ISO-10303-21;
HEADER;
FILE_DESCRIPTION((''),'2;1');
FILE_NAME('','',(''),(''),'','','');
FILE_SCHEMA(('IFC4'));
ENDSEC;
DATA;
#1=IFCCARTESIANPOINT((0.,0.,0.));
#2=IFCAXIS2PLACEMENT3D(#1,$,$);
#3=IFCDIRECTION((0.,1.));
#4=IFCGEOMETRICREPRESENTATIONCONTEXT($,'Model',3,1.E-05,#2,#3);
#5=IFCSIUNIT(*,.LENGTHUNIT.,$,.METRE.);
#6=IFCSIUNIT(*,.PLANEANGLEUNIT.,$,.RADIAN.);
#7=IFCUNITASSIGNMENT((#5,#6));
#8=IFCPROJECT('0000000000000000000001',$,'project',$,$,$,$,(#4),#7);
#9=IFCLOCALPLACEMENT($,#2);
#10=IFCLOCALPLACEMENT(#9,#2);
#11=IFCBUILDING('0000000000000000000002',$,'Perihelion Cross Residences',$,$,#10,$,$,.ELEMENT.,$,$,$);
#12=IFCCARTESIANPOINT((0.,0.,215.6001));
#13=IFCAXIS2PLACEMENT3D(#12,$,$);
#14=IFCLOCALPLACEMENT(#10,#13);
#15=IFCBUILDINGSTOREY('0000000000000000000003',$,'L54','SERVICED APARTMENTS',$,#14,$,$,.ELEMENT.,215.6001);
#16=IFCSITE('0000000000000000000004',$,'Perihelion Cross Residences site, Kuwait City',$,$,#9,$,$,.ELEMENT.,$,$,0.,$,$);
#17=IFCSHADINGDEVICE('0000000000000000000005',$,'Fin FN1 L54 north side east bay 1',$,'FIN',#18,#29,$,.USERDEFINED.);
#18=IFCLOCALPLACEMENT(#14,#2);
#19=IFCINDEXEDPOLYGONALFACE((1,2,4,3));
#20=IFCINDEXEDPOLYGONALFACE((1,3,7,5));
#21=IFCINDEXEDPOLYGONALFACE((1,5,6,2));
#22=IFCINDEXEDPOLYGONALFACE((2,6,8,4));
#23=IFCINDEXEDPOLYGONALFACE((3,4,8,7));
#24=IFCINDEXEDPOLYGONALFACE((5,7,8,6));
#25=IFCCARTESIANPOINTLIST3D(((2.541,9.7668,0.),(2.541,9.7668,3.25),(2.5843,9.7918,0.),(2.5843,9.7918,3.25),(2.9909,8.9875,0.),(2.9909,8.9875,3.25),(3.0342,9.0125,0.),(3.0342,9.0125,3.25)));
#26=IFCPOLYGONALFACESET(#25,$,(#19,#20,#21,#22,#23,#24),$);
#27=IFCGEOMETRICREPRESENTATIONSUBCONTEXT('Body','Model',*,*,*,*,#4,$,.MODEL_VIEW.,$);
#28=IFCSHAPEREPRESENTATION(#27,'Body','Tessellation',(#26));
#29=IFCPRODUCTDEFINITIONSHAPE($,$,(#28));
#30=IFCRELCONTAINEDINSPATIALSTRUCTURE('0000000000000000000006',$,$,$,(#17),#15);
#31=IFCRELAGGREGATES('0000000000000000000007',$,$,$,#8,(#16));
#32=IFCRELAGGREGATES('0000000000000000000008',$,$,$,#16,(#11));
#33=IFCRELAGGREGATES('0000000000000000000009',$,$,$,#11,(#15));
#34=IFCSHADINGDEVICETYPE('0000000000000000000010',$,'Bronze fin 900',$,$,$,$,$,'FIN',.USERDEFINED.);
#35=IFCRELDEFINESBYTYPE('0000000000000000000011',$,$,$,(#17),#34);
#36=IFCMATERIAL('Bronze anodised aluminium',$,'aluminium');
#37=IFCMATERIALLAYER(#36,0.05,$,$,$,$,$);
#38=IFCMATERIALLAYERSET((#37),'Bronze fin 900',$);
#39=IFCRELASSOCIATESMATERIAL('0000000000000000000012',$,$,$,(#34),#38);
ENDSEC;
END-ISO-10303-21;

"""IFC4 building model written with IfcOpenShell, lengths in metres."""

from ifc_helpers import new_model, si_unit, direction, frame, origin, origin_2d, place, context, subcontext, project, spatial, rectangle, extrude, material, layer, layer_set, type_object, element, save


model = new_model("IFC4")

# Units and contexts
model_context = context("Model", 3, precision=1e-05, world=origin(), true_north=direction((0.0, 1.0)))
body_context = subcontext(model_context, "Body", "Model", "MODEL_VIEW")
ifc_project = project(units=[si_unit("LENGTHUNIT", "METRE"), si_unit("PLANEANGLEUNIT", "RADIAN")], contexts=[model_context])

# Site, building, storey
site_placement = place(None, origin())
site = spatial("IfcSite", under=ifc_project, at=site_placement, Name="Perihelion Cross Residences site, Kuwait City", CompositionType="ELEMENT", RefElevation=0.0)
building_placement = place(site_placement, origin())
building = spatial("IfcBuilding", under=site, at=building_placement, Name="Perihelion Cross Residences", CompositionType="ELEMENT")
storey_placement = place(building_placement, frame((0.0, 0.0, 215.6001)))
storey = spatial("IfcBuildingStorey", under=building, at=storey_placement, Name="L54", Description="SERVICED APARTMENTS", CompositionType="ELEMENT", Elevation=215.6001)

# Shading device
ifc_material_1 = material(Name="Bronze anodised aluminium", Category="aluminium")
ifc_layer_1 = layer(ifc_material_1, 0.05)
ifc_layer_set_1 = layer_set([ifc_layer_1], Name="Bronze fin 900")
shading_device_type = type_object("IfcShadingDeviceType", Name="Bronze fin 900", ElementType="FIN", PredefinedType="USERDEFINED", material=ifc_layer_set_1)
shading_device_placement = place(storey_placement, frame((2.7876, 9.3896, 0.0), z_axis=(0.0, 0.0, 1.0), x_axis=(-0.5, 0.866025, 0.0)))
element("IfcShadingDevice", 1, at=shading_device_placement, inside=storey, type_object=shading_device_type, Name="Fin FN1 L54 north side east bay 1", ObjectType="FIN", PredefinedType="USERDEFINED", context=body_context, shape_type="SweptSolid", body=[
    extrude(rectangle(XDim=0.8999, YDim=0.05, at=origin_2d()), origin(), (0.0, 0.0, 1.0), 3.25),
])

save(model, "model.ifc")
